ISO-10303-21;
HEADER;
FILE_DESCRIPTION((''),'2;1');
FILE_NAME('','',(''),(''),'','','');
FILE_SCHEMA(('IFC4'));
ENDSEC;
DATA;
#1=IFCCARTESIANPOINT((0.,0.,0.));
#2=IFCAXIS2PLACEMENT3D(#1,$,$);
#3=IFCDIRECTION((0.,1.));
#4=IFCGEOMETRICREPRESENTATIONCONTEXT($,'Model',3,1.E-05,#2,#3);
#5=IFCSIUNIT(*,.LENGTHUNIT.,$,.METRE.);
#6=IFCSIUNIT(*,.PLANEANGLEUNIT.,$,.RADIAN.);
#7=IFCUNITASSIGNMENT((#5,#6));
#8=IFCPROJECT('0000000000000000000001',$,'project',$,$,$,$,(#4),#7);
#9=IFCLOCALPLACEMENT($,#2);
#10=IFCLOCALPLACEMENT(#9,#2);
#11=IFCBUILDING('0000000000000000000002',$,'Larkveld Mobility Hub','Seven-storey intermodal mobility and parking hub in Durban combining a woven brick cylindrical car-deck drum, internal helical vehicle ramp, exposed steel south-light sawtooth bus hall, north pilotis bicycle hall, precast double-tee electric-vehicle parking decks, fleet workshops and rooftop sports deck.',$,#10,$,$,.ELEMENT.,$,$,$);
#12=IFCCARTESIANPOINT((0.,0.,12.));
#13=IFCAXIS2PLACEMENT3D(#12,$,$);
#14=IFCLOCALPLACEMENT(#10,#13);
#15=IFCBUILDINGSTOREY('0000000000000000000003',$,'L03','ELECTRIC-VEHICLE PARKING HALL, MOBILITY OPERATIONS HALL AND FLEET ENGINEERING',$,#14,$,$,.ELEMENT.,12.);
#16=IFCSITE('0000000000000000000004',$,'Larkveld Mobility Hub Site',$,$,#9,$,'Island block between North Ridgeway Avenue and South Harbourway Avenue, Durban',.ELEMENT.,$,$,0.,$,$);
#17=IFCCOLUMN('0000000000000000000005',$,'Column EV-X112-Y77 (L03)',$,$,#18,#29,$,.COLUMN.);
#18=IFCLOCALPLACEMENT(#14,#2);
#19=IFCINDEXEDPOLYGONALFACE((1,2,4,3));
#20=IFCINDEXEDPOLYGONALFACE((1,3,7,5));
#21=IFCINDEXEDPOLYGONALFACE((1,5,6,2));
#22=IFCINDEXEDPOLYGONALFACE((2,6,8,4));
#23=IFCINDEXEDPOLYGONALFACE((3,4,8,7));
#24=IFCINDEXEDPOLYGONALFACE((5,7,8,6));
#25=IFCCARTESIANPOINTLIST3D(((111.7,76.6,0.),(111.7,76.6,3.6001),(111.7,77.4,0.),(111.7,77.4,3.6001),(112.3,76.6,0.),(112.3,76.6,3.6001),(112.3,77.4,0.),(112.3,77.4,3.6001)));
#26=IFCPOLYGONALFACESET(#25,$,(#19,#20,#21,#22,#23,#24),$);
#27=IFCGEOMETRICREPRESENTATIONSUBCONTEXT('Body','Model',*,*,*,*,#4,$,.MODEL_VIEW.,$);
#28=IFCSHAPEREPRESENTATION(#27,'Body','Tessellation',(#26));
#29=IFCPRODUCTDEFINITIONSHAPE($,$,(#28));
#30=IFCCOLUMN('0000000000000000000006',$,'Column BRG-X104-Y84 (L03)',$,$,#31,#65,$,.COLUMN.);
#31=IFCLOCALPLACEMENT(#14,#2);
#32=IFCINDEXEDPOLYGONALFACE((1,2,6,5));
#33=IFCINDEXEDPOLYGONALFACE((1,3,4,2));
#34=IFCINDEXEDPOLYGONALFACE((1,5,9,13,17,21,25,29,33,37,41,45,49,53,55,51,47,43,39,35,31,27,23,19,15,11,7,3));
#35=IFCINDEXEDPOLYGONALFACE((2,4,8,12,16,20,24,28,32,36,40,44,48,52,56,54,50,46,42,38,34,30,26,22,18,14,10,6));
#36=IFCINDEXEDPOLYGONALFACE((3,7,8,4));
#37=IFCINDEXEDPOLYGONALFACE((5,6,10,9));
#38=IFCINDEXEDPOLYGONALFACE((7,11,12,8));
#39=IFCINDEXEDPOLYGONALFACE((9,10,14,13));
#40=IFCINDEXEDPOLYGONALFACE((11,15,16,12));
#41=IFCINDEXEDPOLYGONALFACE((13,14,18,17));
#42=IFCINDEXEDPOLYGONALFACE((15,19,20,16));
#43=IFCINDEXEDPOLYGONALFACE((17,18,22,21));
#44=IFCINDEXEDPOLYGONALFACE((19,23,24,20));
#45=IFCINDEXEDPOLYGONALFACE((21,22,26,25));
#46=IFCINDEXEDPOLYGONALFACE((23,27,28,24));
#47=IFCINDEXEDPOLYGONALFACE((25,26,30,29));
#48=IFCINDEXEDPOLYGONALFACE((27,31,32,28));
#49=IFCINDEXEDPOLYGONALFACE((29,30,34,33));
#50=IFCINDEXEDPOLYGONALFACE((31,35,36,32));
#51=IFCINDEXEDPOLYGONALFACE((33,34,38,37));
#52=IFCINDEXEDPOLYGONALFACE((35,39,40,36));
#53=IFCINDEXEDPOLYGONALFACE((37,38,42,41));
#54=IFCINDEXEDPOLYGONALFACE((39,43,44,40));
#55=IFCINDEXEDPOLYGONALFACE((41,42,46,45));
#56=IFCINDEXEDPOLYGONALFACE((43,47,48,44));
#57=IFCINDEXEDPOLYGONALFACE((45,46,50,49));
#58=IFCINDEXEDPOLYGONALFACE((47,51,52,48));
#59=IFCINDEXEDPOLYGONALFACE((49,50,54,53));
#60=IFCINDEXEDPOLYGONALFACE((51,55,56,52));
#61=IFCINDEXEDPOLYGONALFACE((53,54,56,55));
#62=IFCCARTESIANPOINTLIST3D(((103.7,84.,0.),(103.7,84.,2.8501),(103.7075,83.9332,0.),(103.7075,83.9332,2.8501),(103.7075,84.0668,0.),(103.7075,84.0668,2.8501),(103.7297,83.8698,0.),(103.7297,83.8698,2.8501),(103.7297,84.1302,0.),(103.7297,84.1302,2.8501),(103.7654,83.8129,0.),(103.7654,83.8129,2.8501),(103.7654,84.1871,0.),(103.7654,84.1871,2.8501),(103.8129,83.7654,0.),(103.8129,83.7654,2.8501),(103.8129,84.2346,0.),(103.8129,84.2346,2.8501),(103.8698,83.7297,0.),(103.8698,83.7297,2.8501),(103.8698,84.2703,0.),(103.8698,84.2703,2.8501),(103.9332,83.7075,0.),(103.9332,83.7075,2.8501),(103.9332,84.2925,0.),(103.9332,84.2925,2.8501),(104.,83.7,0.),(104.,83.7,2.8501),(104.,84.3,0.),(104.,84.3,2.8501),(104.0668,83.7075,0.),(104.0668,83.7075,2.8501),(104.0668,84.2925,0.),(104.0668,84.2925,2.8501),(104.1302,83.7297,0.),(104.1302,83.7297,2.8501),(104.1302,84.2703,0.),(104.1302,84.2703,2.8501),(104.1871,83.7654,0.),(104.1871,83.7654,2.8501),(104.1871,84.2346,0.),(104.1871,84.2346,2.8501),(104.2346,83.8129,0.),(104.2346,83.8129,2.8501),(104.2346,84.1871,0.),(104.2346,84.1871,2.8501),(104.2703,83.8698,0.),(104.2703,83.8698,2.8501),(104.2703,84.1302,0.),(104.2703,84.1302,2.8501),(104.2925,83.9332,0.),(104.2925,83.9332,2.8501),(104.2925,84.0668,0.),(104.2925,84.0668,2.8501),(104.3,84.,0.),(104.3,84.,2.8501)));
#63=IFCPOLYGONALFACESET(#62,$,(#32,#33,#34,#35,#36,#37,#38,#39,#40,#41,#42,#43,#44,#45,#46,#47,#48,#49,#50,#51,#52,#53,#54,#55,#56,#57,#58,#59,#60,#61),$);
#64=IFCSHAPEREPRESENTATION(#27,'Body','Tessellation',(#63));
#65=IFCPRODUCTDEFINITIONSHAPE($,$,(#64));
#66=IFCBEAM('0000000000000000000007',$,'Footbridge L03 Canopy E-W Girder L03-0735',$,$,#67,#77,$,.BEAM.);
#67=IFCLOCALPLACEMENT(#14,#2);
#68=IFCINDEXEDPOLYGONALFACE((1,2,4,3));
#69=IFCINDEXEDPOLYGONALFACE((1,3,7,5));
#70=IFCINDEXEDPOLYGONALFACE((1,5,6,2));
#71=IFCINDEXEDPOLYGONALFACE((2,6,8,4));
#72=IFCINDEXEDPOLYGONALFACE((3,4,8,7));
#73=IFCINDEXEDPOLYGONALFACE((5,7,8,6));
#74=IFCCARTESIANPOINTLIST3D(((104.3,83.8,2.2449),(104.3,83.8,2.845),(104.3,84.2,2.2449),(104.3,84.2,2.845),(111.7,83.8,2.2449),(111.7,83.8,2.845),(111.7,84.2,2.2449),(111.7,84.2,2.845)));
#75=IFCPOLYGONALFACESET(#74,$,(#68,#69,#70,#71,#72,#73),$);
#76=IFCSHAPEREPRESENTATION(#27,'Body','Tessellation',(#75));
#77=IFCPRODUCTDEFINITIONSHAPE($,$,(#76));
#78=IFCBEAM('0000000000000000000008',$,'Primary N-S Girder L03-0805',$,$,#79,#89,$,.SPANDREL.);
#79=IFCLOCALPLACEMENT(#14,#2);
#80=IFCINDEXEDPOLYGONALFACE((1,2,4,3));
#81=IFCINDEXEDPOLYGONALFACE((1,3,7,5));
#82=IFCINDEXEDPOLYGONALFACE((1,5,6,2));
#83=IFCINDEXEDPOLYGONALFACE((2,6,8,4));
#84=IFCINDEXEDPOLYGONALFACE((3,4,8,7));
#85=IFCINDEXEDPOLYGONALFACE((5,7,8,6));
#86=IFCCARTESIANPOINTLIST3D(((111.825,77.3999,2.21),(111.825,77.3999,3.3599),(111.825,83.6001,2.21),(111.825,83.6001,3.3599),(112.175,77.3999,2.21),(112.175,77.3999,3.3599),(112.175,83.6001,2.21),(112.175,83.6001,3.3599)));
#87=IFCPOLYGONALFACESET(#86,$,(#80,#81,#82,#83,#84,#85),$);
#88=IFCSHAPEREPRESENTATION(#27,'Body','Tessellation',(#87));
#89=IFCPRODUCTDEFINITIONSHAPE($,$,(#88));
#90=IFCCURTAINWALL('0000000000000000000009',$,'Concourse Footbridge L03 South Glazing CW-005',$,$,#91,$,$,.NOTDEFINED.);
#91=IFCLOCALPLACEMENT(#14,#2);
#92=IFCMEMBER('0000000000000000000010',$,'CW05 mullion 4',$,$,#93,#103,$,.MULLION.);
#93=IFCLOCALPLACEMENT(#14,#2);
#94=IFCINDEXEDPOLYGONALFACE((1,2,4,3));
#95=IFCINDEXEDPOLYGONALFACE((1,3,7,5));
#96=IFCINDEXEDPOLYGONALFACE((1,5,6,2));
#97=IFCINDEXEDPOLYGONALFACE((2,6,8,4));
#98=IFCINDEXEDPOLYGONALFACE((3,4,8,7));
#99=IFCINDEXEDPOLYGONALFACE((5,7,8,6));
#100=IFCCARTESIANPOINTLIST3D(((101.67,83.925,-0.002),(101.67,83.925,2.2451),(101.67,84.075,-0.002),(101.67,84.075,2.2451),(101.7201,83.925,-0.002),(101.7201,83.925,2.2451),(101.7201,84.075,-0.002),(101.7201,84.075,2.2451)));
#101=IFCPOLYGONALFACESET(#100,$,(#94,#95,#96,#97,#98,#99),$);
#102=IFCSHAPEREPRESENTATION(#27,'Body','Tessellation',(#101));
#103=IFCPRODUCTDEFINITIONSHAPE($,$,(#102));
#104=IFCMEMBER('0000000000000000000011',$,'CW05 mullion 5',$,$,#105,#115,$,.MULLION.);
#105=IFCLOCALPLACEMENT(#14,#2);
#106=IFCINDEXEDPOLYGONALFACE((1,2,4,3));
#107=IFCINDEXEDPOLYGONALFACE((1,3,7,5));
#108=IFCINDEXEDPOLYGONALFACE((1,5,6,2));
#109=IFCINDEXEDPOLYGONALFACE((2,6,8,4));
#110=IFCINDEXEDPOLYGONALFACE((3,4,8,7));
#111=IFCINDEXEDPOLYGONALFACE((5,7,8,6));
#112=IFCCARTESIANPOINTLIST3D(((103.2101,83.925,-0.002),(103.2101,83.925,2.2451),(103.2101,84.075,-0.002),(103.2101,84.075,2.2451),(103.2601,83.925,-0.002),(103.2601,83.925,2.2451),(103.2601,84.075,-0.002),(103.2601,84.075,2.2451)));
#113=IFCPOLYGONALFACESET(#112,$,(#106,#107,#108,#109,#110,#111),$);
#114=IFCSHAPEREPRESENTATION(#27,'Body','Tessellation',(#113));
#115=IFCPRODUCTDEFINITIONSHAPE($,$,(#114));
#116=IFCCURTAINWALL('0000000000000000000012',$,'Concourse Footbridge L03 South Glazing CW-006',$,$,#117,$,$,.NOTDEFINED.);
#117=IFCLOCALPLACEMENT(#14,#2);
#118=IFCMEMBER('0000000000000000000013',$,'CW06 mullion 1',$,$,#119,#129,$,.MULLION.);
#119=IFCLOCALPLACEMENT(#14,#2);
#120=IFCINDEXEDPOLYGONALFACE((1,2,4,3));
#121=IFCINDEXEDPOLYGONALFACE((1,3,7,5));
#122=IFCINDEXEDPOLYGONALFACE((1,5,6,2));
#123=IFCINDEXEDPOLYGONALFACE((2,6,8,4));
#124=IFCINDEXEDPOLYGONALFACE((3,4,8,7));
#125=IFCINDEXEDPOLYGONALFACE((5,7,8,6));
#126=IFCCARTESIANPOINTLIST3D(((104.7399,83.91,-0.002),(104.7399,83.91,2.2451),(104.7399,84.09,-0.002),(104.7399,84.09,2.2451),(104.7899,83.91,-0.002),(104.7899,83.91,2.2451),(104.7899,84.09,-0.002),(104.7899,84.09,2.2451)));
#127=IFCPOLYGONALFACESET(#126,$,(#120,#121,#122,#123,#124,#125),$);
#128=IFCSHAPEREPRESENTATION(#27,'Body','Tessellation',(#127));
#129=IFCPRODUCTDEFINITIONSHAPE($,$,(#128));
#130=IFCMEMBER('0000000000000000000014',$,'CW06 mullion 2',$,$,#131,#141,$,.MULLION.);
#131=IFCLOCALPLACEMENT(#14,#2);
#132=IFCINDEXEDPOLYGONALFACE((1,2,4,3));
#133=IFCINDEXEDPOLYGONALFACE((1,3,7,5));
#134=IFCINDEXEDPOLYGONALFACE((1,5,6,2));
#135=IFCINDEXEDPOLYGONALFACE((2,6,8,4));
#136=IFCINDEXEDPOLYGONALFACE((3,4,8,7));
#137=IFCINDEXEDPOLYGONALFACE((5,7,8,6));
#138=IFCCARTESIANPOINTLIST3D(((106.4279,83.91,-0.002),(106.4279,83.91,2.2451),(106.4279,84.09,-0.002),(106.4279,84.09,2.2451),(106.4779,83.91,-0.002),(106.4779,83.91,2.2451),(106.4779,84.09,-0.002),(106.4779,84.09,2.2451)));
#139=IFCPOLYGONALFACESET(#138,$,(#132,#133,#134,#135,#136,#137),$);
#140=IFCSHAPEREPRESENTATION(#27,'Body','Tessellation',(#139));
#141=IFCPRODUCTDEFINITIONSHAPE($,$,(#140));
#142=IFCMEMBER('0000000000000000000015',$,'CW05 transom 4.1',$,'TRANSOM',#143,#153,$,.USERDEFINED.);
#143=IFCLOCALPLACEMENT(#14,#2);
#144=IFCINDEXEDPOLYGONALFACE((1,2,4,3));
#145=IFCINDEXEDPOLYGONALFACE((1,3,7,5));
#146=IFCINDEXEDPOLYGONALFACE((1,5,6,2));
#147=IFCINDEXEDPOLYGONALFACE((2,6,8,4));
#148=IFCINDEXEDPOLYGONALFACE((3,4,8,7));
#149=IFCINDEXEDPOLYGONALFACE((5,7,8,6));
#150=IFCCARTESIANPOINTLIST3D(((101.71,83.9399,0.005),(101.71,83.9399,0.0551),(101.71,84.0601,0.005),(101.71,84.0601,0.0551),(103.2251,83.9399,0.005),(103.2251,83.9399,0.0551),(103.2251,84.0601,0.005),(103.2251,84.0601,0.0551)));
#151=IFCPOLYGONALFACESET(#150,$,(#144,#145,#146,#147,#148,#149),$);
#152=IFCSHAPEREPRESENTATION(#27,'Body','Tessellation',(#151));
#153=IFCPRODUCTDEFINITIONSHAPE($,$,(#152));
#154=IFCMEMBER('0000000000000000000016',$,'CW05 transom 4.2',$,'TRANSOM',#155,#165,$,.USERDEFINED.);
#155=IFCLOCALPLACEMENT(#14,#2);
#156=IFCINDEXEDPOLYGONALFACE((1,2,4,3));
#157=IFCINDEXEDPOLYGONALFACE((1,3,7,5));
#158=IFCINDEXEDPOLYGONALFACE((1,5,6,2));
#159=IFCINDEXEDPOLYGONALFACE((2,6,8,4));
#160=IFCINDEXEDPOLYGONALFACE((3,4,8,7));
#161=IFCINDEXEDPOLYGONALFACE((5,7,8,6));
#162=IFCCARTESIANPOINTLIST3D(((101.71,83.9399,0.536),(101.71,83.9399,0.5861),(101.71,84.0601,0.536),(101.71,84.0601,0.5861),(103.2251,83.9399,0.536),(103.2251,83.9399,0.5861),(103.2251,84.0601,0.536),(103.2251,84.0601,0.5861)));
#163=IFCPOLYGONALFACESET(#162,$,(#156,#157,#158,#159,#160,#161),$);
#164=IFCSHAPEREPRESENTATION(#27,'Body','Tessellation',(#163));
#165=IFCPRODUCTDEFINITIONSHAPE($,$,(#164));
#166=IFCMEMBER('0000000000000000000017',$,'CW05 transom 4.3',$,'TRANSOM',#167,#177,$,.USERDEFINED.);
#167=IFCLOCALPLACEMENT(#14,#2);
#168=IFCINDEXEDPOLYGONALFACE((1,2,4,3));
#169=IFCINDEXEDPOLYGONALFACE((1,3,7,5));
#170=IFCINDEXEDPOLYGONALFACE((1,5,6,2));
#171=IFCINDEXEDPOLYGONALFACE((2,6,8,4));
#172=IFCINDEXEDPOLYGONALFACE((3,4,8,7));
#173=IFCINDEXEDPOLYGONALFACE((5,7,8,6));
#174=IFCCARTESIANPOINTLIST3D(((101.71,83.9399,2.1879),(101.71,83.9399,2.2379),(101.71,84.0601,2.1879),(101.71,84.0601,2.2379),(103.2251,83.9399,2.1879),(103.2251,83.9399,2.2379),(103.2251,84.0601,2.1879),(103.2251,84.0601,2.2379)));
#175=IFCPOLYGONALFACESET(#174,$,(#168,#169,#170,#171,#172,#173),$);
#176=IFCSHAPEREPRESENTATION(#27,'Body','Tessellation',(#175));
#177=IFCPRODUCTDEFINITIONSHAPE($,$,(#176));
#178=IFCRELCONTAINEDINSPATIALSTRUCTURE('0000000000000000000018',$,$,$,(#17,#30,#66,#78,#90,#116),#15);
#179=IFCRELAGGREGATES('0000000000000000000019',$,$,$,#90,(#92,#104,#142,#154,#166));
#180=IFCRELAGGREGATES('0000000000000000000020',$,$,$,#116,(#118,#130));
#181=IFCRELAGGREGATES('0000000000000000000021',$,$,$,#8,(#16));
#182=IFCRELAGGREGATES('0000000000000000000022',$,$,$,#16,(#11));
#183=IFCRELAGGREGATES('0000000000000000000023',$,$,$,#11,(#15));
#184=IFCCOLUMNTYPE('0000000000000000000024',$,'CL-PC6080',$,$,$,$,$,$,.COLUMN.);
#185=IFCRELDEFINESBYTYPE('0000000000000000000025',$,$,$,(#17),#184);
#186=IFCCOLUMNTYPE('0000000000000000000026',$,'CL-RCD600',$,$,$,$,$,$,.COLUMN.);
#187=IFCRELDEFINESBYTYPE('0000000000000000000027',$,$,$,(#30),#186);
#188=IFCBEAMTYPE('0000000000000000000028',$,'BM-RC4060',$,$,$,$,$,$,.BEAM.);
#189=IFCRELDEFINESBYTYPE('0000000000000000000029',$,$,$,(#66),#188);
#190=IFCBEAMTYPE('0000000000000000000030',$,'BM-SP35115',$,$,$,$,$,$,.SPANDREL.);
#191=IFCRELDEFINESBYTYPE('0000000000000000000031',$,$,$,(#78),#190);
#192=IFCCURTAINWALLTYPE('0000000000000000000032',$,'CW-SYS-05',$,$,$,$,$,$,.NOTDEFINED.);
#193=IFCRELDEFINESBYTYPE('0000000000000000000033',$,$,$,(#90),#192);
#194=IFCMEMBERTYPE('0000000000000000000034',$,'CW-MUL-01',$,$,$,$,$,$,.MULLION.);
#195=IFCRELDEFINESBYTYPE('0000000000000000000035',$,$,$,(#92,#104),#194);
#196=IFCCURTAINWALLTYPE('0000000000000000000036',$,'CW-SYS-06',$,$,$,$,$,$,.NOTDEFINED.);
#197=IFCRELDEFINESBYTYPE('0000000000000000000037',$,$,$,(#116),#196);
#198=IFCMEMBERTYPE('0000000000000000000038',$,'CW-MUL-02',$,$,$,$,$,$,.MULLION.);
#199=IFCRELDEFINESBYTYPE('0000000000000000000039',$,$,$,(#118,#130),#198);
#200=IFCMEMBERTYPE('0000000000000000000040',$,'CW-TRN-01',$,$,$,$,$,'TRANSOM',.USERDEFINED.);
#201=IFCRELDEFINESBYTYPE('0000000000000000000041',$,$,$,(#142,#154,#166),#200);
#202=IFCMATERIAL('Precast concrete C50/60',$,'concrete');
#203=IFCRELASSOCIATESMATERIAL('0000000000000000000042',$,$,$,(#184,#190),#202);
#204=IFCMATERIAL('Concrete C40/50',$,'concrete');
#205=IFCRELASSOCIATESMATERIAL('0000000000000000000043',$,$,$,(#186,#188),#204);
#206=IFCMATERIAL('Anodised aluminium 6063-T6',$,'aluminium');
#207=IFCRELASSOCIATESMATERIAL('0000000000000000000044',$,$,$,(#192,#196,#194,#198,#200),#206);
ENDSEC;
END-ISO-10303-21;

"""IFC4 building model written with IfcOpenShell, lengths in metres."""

from ifc_helpers import new_model, si_unit, direction, frame, origin, origin_2d, place, context, subcontext, project, spatial, rectangle, circle, extrude, material, material_profile, profile_set, type_object, element, aggregate, save


model = new_model("IFC4")

# Units and contexts
model_context = context("Model", 3, precision=1e-05, world=origin(), true_north=direction((0.0, 1.0)))
body_context = subcontext(model_context, "Body", "Model", "MODEL_VIEW")
ifc_project = project(units=[si_unit("LENGTHUNIT", "METRE"), si_unit("PLANEANGLEUNIT", "RADIAN")], contexts=[model_context])

# Site, building, storey
site_placement = place(None, origin())
site = spatial("IfcSite", under=ifc_project, at=site_placement, Name="Larkveld Mobility Hub Site", LongName="Island block between North Ridgeway Avenue and South Harbourway Avenue, Durban", CompositionType="ELEMENT", RefElevation=0.0)
building_placement = place(site_placement, origin())
building = spatial("IfcBuilding", under=site, at=building_placement, Name="Larkveld Mobility Hub", Description="Seven-storey intermodal mobility and parking hub in Durban combining a woven brick cylindrical car-deck drum, internal helical vehicle ramp, exposed steel south-light sawtooth bus hall, north pilotis bicycle hall, precast double-tee electric-vehicle parking decks, fleet workshops and rooftop sports deck.", CompositionType="ELEMENT")
storey_placement = place(building_placement, frame((0.0, 0.0, 12.0)))
storey = spatial("IfcBuildingStorey", under=building, at=storey_placement, Name="L03", Description="ELECTRIC-VEHICLE PARKING HALL, MOBILITY OPERATIONS HALL AND FLEET ENGINEERING", CompositionType="ELEMENT", Elevation=12.0)

# Columns
ifc_material_1 = material(Name="Precast concrete C50/60", Category="concrete")
ifc_material_profile_1 = material_profile(ifc_material_1, rectangle(XDim=0.6001, YDim=0.8, at=origin_2d()), Name="RC COL 600x800")
ifc_profile_set_1 = profile_set([ifc_material_profile_1], Name="Precast concrete C50/60")
column_type_1 = type_object("IfcColumnType", Name="CL-PC6080", PredefinedType="COLUMN", material=ifc_profile_set_1)
column_1_placement = place(storey_placement, frame((112.0, 77.0, 0.0), z_axis=(0.0, 0.0, 1.0), x_axis=(1.0, 0.0, 0.0)))
element("IfcColumn", 1, at=column_1_placement, inside=storey, type_object=column_type_1, Name="Column EV-X112-Y77 (L03)", PredefinedType="COLUMN", context=body_context, shape_type="SweptSolid", body=[
    extrude(rectangle(XDim=0.6001, YDim=0.8, at=origin_2d()), origin(), (0.0, 0.0, 1.0), 3.6001),
])
ifc_material_2 = material(Name="Concrete C40/50", Category="concrete")
ifc_material_profile_2 = material_profile(ifc_material_2, circle(Radius=0.3, at=origin_2d()), Name="RC COL D600")
ifc_profile_set_2 = profile_set([ifc_material_profile_2], Name="Concrete C40/50")
column_type_2 = type_object("IfcColumnType", Name="CL-RCD600", PredefinedType="COLUMN", material=ifc_profile_set_2)
column_2_placement = place(storey_placement, frame((104.0, 84.0, 0.0), z_axis=(0.0, 0.0, 1.0), x_axis=(1.0, 0.0, 0.0)))
element("IfcColumn", 2, at=column_2_placement, inside=storey, type_object=column_type_2, Name="Column BRG-X104-Y84 (L03)", PredefinedType="COLUMN", context=body_context, shape_type="SweptSolid", body=[
    extrude(circle(Radius=0.3, at=origin_2d()), origin(), (0.0, 0.0, 1.0), 2.8501),
])

# Beams
ifc_material_profile_3 = material_profile(ifc_material_2, rectangle(XDim=0.3999, YDim=0.6001, at=origin_2d()), Name="RC BM 400x600")
ifc_profile_set_3 = profile_set([ifc_material_profile_3], Name="Concrete C40/50")
beam_type_1 = type_object("IfcBeamType", Name="BM-RC4060", PredefinedType="BEAM", material=ifc_profile_set_3)
beam_1_placement = place(storey_placement, frame((104.3, 84.0, 2.5449), z_axis=(1.0, 0.0, 0.0), x_axis=(0.0, 1.0, 0.0)))
element("IfcBeam", 3, at=beam_1_placement, inside=storey, type_object=beam_type_1, Name="Footbridge L03 Canopy E-W Girder L03-0735", PredefinedType="BEAM", context=body_context, shape_type="SweptSolid", body=[
    extrude(rectangle(XDim=0.3999, YDim=0.6001, at=origin_2d()), origin(), (0.0, 0.0, 1.0), 7.3999),
])
ifc_material_profile_4 = material_profile(ifc_material_1, rectangle(XDim=0.3501, YDim=1.1499, at=origin_2d()), Name="PC SP 350x1150")
ifc_profile_set_4 = profile_set([ifc_material_profile_4], Name="Precast concrete C50/60")
beam_type_2 = type_object("IfcBeamType", Name="BM-SP35115", PredefinedType="SPANDREL", material=ifc_profile_set_4)
beam_2_placement = place(storey_placement, frame((112.0, 77.3999, 2.7849), z_axis=(0.0, 1.0, 0.0), x_axis=(-1.0, 0.0, 0.0)))
element("IfcBeam", 4, at=beam_2_placement, inside=storey, type_object=beam_type_2, Name="Primary N-S Girder L03-0805", PredefinedType="SPANDREL", context=body_context, shape_type="SweptSolid", body=[
    extrude(rectangle(XDim=0.3501, YDim=1.1499, at=origin_2d()), origin(), (0.0, 0.0, 1.0), 6.2002),
])

# Curtain walls, members
ifc_material_3 = material(Name="Anodised aluminium 6063-T6", Category="aluminium")
curtain_wall_type_1 = type_object("IfcCurtainWallType", Name="CW-SYS-05", PredefinedType="NOTDEFINED", material=ifc_material_3)
curtain_wall_1_placement = place(storey_placement, origin())
curtain_wall_1 = element("IfcCurtainWall", 5, at=curtain_wall_1_placement, inside=storey, type_object=curtain_wall_type_1, Name="Concourse Footbridge L03 South Glazing CW-005", PredefinedType="NOTDEFINED")
ifc_material_profile_5 = material_profile(ifc_material_3, rectangle(XDim=0.05, YDim=0.1499, at=origin_2d()), Name="ALU MULL 50x150")
ifc_profile_set_5 = profile_set([ifc_material_profile_5], Name="Anodised aluminium 6063-T6")
member_type_1 = type_object("IfcMemberType", Name="CW-MUL-01", PredefinedType="MULLION", material=ifc_profile_set_5)
member_1_placement = place(storey_placement, frame((101.6951, 84.0, -0.002), z_axis=(0.0, 0.0, 1.0), x_axis=(1.0, 0.0, 0.0)))
member_1 = element("IfcMember", 6, at=member_1_placement, type_object=member_type_1, Name="CW05 mullion 4", PredefinedType="MULLION", context=body_context, shape_type="SweptSolid", body=[
    extrude(rectangle(XDim=0.05, YDim=0.1499, at=origin_2d()), origin(), (0.0, 0.0, 1.0), 2.2471),
])
member_2_placement = place(storey_placement, frame((103.2351, 84.0, -0.002), z_axis=(0.0, 0.0, 1.0), x_axis=(1.0, 0.0, 0.0)))
member_2 = element("IfcMember", 7, at=member_2_placement, type_object=member_type_1, Name="CW05 mullion 5", PredefinedType="MULLION", context=body_context, shape_type="SweptSolid", body=[
    extrude(rectangle(XDim=0.05, YDim=0.1499, at=origin_2d()), origin(), (0.0, 0.0, 1.0), 2.2471),
])
curtain_wall_type_2 = type_object("IfcCurtainWallType", Name="CW-SYS-06", PredefinedType="NOTDEFINED", material=ifc_material_3)
curtain_wall_2_placement = place(storey_placement, origin())
curtain_wall_2 = element("IfcCurtainWall", 8, at=curtain_wall_2_placement, inside=storey, type_object=curtain_wall_type_2, Name="Concourse Footbridge L03 South Glazing CW-006", PredefinedType="NOTDEFINED")
ifc_material_profile_6 = material_profile(ifc_material_3, rectangle(XDim=0.05, YDim=0.1799, at=origin_2d()), Name="ALU MULL 50x180")
ifc_profile_set_6 = profile_set([ifc_material_profile_6], Name="Anodised aluminium 6063-T6")
member_type_2 = type_object("IfcMemberType", Name="CW-MUL-02", PredefinedType="MULLION", material=ifc_profile_set_6)
member_3_placement = place(storey_placement, frame((104.7649, 84.0, -0.002), z_axis=(0.0, 0.0, 1.0), x_axis=(1.0, 0.0, 0.0)))
member_3 = element("IfcMember", 9, at=member_3_placement, type_object=member_type_2, Name="CW06 mullion 1", PredefinedType="MULLION", context=body_context, shape_type="SweptSolid", body=[
    extrude(rectangle(XDim=0.05, YDim=0.1799, at=origin_2d()), origin(), (0.0, 0.0, 1.0), 2.2471),
])
member_4_placement = place(storey_placement, frame((106.4529, 84.0, -0.002), z_axis=(0.0, 0.0, 1.0), x_axis=(1.0, 0.0, 0.0)))
member_4 = element("IfcMember", 10, at=member_4_placement, type_object=member_type_2, Name="CW06 mullion 2", PredefinedType="MULLION", context=body_context, shape_type="SweptSolid", body=[
    extrude(rectangle(XDim=0.05, YDim=0.1799, at=origin_2d()), origin(), (0.0, 0.0, 1.0), 2.2471),
])

# Members
ifc_material_profile_7 = material_profile(ifc_material_3, rectangle(XDim=0.1201, YDim=0.05, at=origin_2d()), Name="ALU TRAN 50x120")
ifc_profile_set_7 = profile_set([ifc_material_profile_7], Name="Anodised aluminium 6063-T6")
member_type_3 = type_object("IfcMemberType", Name="CW-TRN-01", ElementType="TRANSOM", PredefinedType="USERDEFINED", material=ifc_profile_set_7)
member_5_placement = place(storey_placement, frame((101.71, 84.0, 0.03), z_axis=(1.0, 0.0, 0.0), x_axis=(0.0, 1.0, 0.0)))
member_5 = element("IfcMember", 11, at=member_5_placement, type_object=member_type_3, Name="CW05 transom 4.1", ObjectType="TRANSOM", PredefinedType="USERDEFINED", context=body_context, shape_type="SweptSolid", body=[
    extrude(rectangle(XDim=0.1201, YDim=0.05, at=origin_2d()), origin(), (0.0, 0.0, 1.0), 1.5151),
])
member_6_placement = place(storey_placement, frame((101.71, 84.0, 0.561), z_axis=(1.0, 0.0, 0.0), x_axis=(0.0, 1.0, 0.0)))
member_6 = element("IfcMember", 12, at=member_6_placement, type_object=member_type_3, Name="CW05 transom 4.2", ObjectType="TRANSOM", PredefinedType="USERDEFINED", context=body_context, shape_type="SweptSolid", body=[
    extrude(rectangle(XDim=0.1201, YDim=0.05, at=origin_2d()), origin(), (0.0, 0.0, 1.0), 1.5151),
])
member_7_placement = place(storey_placement, frame((101.71, 84.0, 2.2129), z_axis=(1.0, 0.0, 0.0), x_axis=(0.0, 1.0, 0.0)))
member_7 = element("IfcMember", 13, at=member_7_placement, type_object=member_type_3, Name="CW05 transom 4.3", ObjectType="TRANSOM", PredefinedType="USERDEFINED", context=body_context, shape_type="SweptSolid", body=[
    extrude(rectangle(XDim=0.1201, YDim=0.05, at=origin_2d()), origin(), (0.0, 0.0, 1.0), 1.5151),
])

aggregate(curtain_wall_1, [member_1, member_2, member_5, member_6, member_7])
aggregate(curtain_wall_2, [member_3, member_4])

save(model, "model.ifc")
